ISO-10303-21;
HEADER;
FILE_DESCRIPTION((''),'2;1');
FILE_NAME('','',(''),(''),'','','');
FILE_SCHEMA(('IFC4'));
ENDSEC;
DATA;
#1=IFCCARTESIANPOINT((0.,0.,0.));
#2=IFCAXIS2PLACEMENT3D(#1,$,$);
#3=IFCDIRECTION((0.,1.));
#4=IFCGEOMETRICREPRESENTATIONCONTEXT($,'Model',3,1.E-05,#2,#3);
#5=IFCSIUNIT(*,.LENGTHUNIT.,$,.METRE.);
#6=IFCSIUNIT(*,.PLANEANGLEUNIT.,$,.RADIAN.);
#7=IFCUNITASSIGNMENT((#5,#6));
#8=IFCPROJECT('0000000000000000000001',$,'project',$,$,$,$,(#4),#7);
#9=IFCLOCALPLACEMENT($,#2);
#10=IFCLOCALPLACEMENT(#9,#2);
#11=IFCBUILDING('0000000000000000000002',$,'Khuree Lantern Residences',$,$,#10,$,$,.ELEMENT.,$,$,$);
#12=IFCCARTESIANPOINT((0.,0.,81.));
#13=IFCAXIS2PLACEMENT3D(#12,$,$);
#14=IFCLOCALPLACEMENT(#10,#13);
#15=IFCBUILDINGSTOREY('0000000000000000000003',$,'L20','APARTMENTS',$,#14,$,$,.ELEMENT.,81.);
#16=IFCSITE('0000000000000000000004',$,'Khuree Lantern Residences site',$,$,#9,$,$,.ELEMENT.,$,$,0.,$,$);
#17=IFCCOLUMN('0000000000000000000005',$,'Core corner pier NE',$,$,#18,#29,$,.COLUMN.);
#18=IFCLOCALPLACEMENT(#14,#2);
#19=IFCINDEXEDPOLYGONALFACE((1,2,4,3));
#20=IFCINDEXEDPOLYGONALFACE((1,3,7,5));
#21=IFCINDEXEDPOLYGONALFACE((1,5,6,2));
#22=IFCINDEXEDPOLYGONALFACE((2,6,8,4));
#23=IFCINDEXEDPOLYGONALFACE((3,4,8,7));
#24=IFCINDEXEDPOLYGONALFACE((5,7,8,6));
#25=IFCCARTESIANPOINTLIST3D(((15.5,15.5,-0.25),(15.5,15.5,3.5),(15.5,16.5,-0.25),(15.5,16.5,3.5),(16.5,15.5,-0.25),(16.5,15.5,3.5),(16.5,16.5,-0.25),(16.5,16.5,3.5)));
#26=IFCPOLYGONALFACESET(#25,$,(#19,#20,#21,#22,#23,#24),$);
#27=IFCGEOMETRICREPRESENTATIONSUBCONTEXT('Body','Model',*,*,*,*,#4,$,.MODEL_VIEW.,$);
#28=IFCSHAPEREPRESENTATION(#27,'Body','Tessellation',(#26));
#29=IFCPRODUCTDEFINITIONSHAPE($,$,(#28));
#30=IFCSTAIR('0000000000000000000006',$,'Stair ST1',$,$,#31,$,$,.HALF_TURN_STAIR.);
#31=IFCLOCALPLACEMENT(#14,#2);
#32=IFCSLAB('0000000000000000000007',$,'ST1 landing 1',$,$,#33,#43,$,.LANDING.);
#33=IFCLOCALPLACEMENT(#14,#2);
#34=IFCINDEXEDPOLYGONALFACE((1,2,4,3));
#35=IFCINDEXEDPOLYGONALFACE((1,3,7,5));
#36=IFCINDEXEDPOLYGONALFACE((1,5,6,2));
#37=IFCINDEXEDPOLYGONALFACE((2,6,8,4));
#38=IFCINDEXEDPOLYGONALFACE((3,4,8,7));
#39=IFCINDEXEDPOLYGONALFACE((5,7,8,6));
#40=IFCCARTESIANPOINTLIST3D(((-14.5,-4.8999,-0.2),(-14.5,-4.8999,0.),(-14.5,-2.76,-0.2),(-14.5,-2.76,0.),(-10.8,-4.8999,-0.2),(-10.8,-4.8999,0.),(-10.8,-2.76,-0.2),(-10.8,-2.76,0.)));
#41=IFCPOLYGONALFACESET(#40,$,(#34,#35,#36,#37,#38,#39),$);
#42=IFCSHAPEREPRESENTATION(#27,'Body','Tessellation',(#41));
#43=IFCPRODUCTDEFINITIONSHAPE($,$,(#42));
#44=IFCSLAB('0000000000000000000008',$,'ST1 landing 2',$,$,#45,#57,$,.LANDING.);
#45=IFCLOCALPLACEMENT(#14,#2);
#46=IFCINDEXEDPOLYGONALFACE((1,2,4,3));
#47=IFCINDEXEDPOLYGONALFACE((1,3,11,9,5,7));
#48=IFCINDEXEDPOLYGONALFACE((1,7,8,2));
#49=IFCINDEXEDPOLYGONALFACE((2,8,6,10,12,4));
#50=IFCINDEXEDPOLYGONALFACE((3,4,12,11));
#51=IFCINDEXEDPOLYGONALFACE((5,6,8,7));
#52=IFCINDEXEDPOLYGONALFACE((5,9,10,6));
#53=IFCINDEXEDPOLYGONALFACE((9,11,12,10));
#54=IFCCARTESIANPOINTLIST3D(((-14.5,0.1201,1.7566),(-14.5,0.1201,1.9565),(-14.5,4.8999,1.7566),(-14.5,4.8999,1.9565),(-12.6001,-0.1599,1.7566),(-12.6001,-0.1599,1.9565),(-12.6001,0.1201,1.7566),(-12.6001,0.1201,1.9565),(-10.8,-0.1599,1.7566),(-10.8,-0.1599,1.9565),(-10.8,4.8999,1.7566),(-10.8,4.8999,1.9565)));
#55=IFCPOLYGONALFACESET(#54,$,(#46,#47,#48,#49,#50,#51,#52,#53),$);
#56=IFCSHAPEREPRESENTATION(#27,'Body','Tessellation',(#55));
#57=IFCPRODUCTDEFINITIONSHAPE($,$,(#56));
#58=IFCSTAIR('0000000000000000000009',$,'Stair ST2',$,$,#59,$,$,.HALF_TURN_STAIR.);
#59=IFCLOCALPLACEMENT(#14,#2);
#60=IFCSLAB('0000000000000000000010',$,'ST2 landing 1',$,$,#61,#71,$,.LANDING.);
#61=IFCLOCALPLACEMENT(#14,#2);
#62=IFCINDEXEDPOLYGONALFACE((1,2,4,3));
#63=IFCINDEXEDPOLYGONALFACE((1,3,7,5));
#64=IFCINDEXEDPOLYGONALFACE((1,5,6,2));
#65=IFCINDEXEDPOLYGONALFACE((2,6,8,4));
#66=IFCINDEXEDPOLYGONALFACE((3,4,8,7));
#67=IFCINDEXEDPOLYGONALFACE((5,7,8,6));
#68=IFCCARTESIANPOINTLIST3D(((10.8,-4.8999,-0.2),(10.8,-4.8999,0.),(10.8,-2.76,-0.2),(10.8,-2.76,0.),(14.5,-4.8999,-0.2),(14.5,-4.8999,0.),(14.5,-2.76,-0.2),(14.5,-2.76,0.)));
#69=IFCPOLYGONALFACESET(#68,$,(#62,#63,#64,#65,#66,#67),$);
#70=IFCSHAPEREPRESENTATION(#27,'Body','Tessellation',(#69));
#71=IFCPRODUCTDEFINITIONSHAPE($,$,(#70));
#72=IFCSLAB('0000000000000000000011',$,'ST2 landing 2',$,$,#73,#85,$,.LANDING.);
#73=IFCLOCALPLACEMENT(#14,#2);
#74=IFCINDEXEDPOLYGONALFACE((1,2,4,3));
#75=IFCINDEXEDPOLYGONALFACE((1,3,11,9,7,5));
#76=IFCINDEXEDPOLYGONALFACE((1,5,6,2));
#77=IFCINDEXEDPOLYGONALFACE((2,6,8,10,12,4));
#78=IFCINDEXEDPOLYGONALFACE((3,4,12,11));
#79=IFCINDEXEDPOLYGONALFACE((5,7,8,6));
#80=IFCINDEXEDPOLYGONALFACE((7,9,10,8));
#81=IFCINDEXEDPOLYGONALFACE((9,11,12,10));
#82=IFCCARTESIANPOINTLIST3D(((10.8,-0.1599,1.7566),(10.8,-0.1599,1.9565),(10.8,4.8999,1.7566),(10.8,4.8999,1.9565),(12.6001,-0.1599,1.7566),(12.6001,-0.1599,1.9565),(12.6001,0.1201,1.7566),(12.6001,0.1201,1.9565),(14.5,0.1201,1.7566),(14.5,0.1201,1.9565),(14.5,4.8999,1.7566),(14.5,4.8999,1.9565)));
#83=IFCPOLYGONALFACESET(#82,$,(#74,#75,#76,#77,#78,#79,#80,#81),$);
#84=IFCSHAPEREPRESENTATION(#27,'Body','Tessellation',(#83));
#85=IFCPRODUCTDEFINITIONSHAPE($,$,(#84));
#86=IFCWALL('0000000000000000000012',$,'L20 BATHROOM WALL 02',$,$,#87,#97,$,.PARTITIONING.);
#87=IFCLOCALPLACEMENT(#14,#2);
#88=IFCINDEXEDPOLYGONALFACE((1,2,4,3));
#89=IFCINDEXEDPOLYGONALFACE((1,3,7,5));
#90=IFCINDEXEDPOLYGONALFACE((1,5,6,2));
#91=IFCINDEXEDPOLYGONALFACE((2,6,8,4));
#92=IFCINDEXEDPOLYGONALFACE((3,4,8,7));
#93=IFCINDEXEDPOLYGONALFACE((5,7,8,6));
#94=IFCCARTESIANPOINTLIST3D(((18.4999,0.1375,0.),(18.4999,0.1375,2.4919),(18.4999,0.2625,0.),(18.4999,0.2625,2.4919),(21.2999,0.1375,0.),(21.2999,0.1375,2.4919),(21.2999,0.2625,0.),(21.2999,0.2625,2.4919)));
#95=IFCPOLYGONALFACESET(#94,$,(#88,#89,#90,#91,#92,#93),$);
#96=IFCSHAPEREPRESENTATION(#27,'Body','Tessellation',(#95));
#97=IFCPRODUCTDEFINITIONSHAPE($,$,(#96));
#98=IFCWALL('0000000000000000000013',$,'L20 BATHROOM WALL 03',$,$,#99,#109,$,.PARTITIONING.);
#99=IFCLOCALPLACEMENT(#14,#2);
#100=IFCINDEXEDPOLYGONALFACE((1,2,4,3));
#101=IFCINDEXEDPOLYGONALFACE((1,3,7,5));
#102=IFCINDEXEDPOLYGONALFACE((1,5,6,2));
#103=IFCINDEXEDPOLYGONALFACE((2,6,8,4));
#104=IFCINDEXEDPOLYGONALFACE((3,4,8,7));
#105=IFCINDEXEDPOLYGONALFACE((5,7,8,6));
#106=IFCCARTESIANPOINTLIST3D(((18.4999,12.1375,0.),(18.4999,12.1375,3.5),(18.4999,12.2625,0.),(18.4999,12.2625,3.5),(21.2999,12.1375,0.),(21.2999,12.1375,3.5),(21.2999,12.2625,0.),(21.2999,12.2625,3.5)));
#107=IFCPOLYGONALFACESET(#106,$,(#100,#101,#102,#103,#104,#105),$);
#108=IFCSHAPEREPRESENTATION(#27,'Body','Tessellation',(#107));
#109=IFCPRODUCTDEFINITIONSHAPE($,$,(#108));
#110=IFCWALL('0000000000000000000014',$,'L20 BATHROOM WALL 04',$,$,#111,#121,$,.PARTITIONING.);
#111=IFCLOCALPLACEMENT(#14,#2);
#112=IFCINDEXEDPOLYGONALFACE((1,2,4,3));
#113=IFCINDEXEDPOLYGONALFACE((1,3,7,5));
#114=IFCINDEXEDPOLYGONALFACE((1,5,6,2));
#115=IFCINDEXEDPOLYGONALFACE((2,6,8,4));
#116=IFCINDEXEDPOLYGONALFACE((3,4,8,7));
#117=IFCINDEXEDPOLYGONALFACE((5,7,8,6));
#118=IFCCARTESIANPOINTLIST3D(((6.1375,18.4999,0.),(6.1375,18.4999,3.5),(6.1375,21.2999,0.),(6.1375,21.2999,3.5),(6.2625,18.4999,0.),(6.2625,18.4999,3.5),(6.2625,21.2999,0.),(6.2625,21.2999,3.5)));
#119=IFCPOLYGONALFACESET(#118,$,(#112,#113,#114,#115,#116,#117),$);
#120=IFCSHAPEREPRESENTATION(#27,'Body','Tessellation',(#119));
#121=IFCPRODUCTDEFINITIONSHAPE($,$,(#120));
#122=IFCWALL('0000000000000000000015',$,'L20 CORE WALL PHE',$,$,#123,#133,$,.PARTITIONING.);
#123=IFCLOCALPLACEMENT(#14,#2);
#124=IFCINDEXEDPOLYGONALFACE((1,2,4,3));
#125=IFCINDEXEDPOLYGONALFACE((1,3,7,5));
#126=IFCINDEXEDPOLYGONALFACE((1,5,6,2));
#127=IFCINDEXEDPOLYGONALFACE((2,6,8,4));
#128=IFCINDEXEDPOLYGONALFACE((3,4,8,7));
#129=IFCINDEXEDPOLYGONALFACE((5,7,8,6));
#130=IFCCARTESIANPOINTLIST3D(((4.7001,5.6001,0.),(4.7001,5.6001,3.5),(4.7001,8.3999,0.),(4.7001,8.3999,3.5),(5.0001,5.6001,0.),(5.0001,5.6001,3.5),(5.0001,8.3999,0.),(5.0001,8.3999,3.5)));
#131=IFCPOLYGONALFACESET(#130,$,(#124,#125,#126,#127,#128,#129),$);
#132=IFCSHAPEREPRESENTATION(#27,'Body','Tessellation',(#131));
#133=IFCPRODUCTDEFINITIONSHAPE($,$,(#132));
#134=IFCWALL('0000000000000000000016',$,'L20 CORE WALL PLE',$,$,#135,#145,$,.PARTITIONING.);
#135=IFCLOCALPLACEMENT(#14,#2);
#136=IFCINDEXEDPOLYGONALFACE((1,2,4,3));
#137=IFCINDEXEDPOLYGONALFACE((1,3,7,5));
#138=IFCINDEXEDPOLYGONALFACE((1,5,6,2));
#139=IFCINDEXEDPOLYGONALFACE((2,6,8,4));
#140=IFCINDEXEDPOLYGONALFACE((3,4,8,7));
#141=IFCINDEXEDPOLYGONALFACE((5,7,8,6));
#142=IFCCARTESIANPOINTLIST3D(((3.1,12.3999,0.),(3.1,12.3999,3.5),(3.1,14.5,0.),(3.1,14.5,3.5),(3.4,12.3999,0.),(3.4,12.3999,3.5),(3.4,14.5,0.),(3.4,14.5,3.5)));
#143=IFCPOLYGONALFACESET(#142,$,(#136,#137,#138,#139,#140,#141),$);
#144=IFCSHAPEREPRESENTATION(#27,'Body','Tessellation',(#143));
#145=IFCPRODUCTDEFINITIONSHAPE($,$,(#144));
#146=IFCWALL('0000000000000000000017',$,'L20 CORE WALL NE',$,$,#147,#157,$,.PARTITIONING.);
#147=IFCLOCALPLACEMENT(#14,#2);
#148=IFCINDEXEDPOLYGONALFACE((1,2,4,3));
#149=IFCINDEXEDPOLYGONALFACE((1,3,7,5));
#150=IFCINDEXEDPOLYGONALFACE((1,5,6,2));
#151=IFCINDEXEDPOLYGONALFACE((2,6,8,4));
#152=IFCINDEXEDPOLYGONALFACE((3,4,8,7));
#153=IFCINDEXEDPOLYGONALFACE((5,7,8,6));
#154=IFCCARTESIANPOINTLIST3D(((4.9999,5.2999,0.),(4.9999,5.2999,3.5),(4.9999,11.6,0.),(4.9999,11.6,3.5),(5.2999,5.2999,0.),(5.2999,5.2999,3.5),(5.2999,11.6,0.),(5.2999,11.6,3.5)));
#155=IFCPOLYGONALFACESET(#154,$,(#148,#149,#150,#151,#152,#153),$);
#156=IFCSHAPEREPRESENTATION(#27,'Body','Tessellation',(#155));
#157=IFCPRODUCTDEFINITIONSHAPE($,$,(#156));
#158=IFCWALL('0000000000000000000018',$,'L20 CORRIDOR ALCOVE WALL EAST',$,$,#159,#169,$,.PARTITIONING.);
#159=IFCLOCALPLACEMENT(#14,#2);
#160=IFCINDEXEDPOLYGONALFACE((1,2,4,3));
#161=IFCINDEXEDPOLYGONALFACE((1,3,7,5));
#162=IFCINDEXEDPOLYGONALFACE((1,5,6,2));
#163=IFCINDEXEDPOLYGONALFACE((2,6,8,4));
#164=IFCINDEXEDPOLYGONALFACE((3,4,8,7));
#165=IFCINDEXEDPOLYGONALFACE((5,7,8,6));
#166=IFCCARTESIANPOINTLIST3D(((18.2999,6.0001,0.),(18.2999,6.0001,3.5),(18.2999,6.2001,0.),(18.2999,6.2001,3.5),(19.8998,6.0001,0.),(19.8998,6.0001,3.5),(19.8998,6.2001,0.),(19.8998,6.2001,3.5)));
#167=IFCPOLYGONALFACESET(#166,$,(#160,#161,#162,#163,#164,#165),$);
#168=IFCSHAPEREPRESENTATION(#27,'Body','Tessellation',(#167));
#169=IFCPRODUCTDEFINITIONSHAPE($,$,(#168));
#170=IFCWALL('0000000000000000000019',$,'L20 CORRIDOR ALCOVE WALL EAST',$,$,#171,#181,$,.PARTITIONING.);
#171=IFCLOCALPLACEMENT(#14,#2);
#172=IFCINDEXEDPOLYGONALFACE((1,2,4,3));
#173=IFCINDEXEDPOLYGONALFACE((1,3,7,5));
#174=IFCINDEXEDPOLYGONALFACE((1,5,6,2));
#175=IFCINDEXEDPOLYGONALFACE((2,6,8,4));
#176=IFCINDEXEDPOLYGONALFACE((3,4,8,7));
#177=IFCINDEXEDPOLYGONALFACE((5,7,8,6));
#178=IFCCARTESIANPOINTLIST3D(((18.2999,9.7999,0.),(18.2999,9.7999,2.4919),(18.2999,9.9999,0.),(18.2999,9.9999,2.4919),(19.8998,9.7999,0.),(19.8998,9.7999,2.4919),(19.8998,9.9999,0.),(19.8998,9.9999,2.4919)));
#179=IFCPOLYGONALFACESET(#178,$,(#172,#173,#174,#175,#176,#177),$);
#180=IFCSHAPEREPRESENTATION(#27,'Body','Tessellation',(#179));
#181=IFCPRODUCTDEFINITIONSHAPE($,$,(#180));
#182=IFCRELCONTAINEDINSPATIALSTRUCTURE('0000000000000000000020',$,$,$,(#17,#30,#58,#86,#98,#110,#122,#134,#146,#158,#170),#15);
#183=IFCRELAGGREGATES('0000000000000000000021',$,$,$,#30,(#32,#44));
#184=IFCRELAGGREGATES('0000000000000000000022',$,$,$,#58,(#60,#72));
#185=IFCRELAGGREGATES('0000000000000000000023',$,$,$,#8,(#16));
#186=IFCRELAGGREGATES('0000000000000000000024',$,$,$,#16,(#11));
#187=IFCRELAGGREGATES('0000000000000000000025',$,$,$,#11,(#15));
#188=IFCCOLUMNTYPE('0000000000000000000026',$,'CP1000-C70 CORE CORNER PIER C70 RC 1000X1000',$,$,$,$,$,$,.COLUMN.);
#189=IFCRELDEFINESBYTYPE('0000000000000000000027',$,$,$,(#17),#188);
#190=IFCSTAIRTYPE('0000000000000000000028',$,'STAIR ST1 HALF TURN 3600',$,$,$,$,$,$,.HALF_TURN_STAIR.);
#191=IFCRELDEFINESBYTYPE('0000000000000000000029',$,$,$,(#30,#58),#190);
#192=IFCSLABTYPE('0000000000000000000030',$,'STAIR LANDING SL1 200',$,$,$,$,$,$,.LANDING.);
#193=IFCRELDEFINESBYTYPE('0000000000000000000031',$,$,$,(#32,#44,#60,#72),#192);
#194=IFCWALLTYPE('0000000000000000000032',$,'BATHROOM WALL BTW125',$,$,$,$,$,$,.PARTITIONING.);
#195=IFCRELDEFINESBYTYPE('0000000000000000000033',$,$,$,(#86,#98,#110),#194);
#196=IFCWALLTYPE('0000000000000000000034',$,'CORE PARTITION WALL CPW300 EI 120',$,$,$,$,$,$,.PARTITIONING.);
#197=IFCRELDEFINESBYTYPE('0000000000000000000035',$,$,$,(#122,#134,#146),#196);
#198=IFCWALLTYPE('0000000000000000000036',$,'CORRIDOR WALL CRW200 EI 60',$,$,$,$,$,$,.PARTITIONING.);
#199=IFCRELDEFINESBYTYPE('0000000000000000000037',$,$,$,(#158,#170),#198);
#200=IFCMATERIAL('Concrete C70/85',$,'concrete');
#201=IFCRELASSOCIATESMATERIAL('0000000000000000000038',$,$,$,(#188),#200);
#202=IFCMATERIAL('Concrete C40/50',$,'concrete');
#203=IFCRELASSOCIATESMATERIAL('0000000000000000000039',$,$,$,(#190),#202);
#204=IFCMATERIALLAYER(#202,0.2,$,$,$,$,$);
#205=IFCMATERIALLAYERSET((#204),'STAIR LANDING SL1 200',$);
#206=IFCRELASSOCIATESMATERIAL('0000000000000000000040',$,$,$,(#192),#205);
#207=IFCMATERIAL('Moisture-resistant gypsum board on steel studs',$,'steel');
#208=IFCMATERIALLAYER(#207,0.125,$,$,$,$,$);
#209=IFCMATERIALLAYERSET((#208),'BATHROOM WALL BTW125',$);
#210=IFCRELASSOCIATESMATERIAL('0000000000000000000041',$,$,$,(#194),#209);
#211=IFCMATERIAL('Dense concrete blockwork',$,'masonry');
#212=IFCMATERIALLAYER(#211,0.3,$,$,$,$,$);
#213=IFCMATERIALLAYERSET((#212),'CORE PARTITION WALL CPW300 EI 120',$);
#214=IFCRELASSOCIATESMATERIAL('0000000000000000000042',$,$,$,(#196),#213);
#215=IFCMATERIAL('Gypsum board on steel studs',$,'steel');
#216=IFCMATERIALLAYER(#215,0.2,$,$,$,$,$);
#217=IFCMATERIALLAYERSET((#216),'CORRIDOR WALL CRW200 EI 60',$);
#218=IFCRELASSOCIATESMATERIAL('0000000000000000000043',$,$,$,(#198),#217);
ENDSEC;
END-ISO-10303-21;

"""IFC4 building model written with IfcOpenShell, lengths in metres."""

from ifc_helpers import new_model, si_unit, direction, frame, frame_2d, origin, origin_2d, place, context, subcontext, project, spatial, polyline, rectangle, outline, extrude, material, layer, layer_set, material_profile, profile_set, type_object, element, aggregate, save


model = new_model("IFC4")

# Units and contexts
model_context = context("Model", 3, precision=1e-05, world=origin(), true_north=direction((0.0, 1.0)))
body_context = subcontext(model_context, "Body", "Model", "MODEL_VIEW")
ifc_project = project(units=[si_unit("LENGTHUNIT", "METRE"), si_unit("PLANEANGLEUNIT", "RADIAN")], contexts=[model_context])

# Site, building, storey
site_placement = place(None, origin())
site = spatial("IfcSite", under=ifc_project, at=site_placement, Name="Khuree Lantern Residences site", CompositionType="ELEMENT", RefElevation=0.0)
building_placement = place(site_placement, origin())
building = spatial("IfcBuilding", under=site, at=building_placement, Name="Khuree Lantern Residences", CompositionType="ELEMENT")
storey_placement = place(building_placement, frame((0.0, 0.0, 81.0)))
storey = spatial("IfcBuildingStorey", under=building, at=storey_placement, Name="L20", Description="APARTMENTS", CompositionType="ELEMENT", Elevation=81.0)

# Column
ifc_material_1 = material(Name="Concrete C70/85", Category="concrete")
ifc_material_profile = material_profile(ifc_material_1, rectangle(XDim=1.0, YDim=1.0, at=origin_2d()), Name="RC 1000X1000")
ifc_profile_set = profile_set([ifc_material_profile], Name="Concrete C70/85")
column_type = type_object("IfcColumnType", Name="CP1000-C70 CORE CORNER PIER C70 RC 1000X1000", PredefinedType="COLUMN", material=ifc_profile_set)
column_placement = place(storey_placement, frame((16.0, 16.0, -0.25), z_axis=(0.0, 0.0, 1.0), x_axis=(1.0, 0.0, 0.0)))
element("IfcColumn", 1, at=column_placement, inside=storey, type_object=column_type, Name="Core corner pier NE", PredefinedType="COLUMN", context=body_context, shape_type="SweptSolid", body=[
    extrude(rectangle(XDim=1.0, YDim=1.0, at=origin_2d()), origin(), (0.0, 0.0, 1.0), 3.75),
])

# Stairs, slabs
ifc_material_2 = material(Name="Concrete C40/50", Category="concrete")
stair_type = type_object("IfcStairType", Name="STAIR ST1 HALF TURN 3600", PredefinedType="HALF_TURN_STAIR", material=ifc_material_2)
stair_1_placement = place(storey_placement, origin())
stair_1 = element("IfcStair", 2, at=stair_1_placement, inside=storey, type_object=stair_type, Name="Stair ST1", PredefinedType="HALF_TURN_STAIR")
ifc_layer_1 = layer(ifc_material_2, 0.2)
ifc_layer_set_1 = layer_set([ifc_layer_1], Name="STAIR LANDING SL1 200")
slab_type = type_object("IfcSlabType", Name="STAIR LANDING SL1 200", PredefinedType="LANDING", material=ifc_layer_set_1)
slab_1_placement = place(storey_placement, frame((0.0, 0.0, -0.2)))
slab_1 = element("IfcSlab", 3, at=slab_1_placement, type_object=slab_type, Name="ST1 landing 1", PredefinedType="LANDING", context=body_context, shape_type="SweptSolid", body=[
    extrude(outline(polyline([(-14.5, -4.8999), (-10.8, -4.8999), (-10.8, -2.76), (-14.5, -2.76), (-14.5, -4.8999)])), origin(), (0.0, 0.0, 1.0), 0.2),
])
slab_2_placement = place(storey_placement, frame((0.0, 0.0, 1.7566)))
slab_2 = element("IfcSlab", 4, at=slab_2_placement, type_object=slab_type, Name="ST1 landing 2", PredefinedType="LANDING", context=body_context, shape_type="SweptSolid", body=[
    extrude(outline(polyline([(-14.5, 0.1201), (-14.5, 4.8999), (-10.8, 4.8999), (-10.8, -0.1599), (-12.6001, -0.1599), (-12.6001, 0.1201), (-14.5, 0.1201)])), origin(), (0.0, 0.0, 1.0), 0.2),
])
aggregate(stair_1, [slab_1, slab_2])
stair_2_placement = place(storey_placement, origin())
stair_2 = element("IfcStair", 5, at=stair_2_placement, inside=storey, type_object=stair_type, Name="Stair ST2", PredefinedType="HALF_TURN_STAIR")
slab_3_placement = place(storey_placement, frame((0.0, 0.0, -0.2)))
slab_3 = element("IfcSlab", 6, at=slab_3_placement, type_object=slab_type, Name="ST2 landing 1", PredefinedType="LANDING", context=body_context, shape_type="SweptSolid", body=[
    extrude(outline(polyline([(10.8, -4.8999), (14.5, -4.8999), (14.5, -2.76), (10.8, -2.76), (10.8, -4.8999)])), origin(), (0.0, 0.0, 1.0), 0.2),
])
slab_4_placement = place(storey_placement, frame((0.0, 0.0, 1.7566)))
slab_4 = element("IfcSlab", 7, at=slab_4_placement, type_object=slab_type, Name="ST2 landing 2", PredefinedType="LANDING", context=body_context, shape_type="SweptSolid", body=[
    extrude(outline(polyline([(14.5, 4.8999), (14.5, 0.1201), (12.6001, 0.1201), (12.6001, -0.1599), (10.8, -0.1599), (10.8, 4.8999), (14.5, 4.8999)])), origin(), (0.0, 0.0, 1.0), 0.2),
])

# Walls
ifc_material_3 = material(Name="Moisture-resistant gypsum board on steel studs", Category="steel")
ifc_layer_2 = layer(ifc_material_3, 0.125)
ifc_layer_set_2 = layer_set([ifc_layer_2], Name="BATHROOM WALL BTW125")
wall_type_1 = type_object("IfcWallType", Name="BATHROOM WALL BTW125", PredefinedType="PARTITIONING", material=ifc_layer_set_2)
wall_1_placement = place(storey_placement, frame((18.5, 0.2, 0.0), z_axis=(0.0, 0.0, 1.0), x_axis=(1.0, 0.0, 0.0)))
element("IfcWall", 8, at=wall_1_placement, inside=storey, type_object=wall_type_1, Name="L20 BATHROOM WALL 02", PredefinedType="PARTITIONING", context=body_context, shape_type="SweptSolid", body=[
    extrude(rectangle(XDim=2.8, YDim=0.125, at=frame_2d((1.3999, 0.0))), origin(), (0.0, 0.0, 1.0), 2.4919),
])
for number, where, z_axis, x_axis, name in (
    (9, (18.5, 12.2, 0.0), (0.0, 0.0, 1.0), (1.0, 0.0, 0.0), "L20 BATHROOM WALL 03"),
    (10, (6.2, 18.5, 0.0), (0.0, 0.0, 1.0), (0.0, 1.0, 0.0), "L20 BATHROOM WALL 04"),
):
    element("IfcWall", number, at=place(storey_placement, frame(where, z_axis=z_axis, x_axis=x_axis)), inside=storey, type_object=wall_type_1, Name=name, PredefinedType="PARTITIONING", context=body_context, shape_type="SweptSolid", body=[
        extrude(rectangle(XDim=2.8, YDim=0.125, at=frame_2d((1.3999, 0.0))), origin(), (0.0, 0.0, 1.0), 3.5),
    ])
ifc_material_4 = material(Name="Dense concrete blockwork", Category="masonry")
ifc_layer_3 = layer(ifc_material_4, 0.3)
ifc_layer_set_3 = layer_set([ifc_layer_3], Name="CORE PARTITION WALL CPW300 EI 120")
wall_type_2 = type_object("IfcWallType", Name="CORE PARTITION WALL CPW300 EI 120", PredefinedType="PARTITIONING", material=ifc_layer_set_3)
wall_2_placement = place(storey_placement, frame((4.8501, 5.6001, 0.0), z_axis=(0.0, 0.0, 1.0), x_axis=(0.0, 1.0, 0.0)))
element("IfcWall", 11, at=wall_2_placement, inside=storey, type_object=wall_type_2, Name="L20 CORE WALL PHE", PredefinedType="PARTITIONING", context=body_context, shape_type="SweptSolid", body=[
    extrude(rectangle(XDim=2.7998, YDim=0.3, at=frame_2d((1.3999, 0.0))), origin(), (0.0, 0.0, 1.0), 3.5),
])
wall_3_placement = place(storey_placement, frame((3.25, 12.3999, 0.0), z_axis=(0.0, 0.0, 1.0), x_axis=(0.0, 1.0, 0.0)))
element("IfcWall", 12, at=wall_3_placement, inside=storey, type_object=wall_type_2, Name="L20 CORE WALL PLE", PredefinedType="PARTITIONING", context=body_context, shape_type="SweptSolid", body=[
    extrude(rectangle(XDim=2.1001, YDim=0.3, at=frame_2d((1.05, 0.0))), origin(), (0.0, 0.0, 1.0), 3.5),
])
wall_4_placement = place(storey_placement, frame((5.1499, 5.3, 0.0), z_axis=(0.0, 0.0, 1.0), x_axis=(0.0, 1.0, 0.0)))
element("IfcWall", 13, at=wall_4_placement, inside=storey, type_object=wall_type_2, Name="L20 CORE WALL NE", PredefinedType="PARTITIONING", context=body_context, shape_type="SweptSolid", body=[
    extrude(rectangle(XDim=6.3, YDim=0.3, at=frame_2d((3.1499, 0.0))), origin(), (0.0, 0.0, 1.0), 3.5),
])
ifc_material_5 = material(Name="Gypsum board on steel studs", Category="steel")
ifc_layer_4 = layer(ifc_material_5, 0.2)
ifc_layer_set_4 = layer_set([ifc_layer_4], Name="CORRIDOR WALL CRW200 EI 60")
wall_type_3 = type_object("IfcWallType", Name="CORRIDOR WALL CRW200 EI 60", PredefinedType="PARTITIONING", material=ifc_layer_set_4)
wall_5_placement = place(storey_placement, frame((18.3, 6.1001, 0.0), z_axis=(0.0, 0.0, 1.0), x_axis=(1.0, 0.0, 0.0)))
element("IfcWall", 14, at=wall_5_placement, inside=storey, type_object=wall_type_3, Name="L20 CORRIDOR ALCOVE WALL EAST", PredefinedType="PARTITIONING", context=body_context, shape_type="SweptSolid", body=[
    extrude(rectangle(XDim=1.5999, YDim=0.2, at=frame_2d((0.7998, 0.0))), origin(), (0.0, 0.0, 1.0), 3.5),
])
wall_6_placement = place(storey_placement, frame((18.3, 9.8999, 0.0), z_axis=(0.0, 0.0, 1.0), x_axis=(1.0, 0.0, 0.0)))
element("IfcWall", 15, at=wall_6_placement, inside=storey, type_object=wall_type_3, Name="L20 CORRIDOR ALCOVE WALL EAST", PredefinedType="PARTITIONING", context=body_context, shape_type="SweptSolid", body=[
    extrude(rectangle(XDim=1.5999, YDim=0.2, at=frame_2d((0.7998, 0.0))), origin(), (0.0, 0.0, 1.0), 2.4919),
])

aggregate(stair_2, [slab_3, slab_4])

save(model, "model.ifc")
